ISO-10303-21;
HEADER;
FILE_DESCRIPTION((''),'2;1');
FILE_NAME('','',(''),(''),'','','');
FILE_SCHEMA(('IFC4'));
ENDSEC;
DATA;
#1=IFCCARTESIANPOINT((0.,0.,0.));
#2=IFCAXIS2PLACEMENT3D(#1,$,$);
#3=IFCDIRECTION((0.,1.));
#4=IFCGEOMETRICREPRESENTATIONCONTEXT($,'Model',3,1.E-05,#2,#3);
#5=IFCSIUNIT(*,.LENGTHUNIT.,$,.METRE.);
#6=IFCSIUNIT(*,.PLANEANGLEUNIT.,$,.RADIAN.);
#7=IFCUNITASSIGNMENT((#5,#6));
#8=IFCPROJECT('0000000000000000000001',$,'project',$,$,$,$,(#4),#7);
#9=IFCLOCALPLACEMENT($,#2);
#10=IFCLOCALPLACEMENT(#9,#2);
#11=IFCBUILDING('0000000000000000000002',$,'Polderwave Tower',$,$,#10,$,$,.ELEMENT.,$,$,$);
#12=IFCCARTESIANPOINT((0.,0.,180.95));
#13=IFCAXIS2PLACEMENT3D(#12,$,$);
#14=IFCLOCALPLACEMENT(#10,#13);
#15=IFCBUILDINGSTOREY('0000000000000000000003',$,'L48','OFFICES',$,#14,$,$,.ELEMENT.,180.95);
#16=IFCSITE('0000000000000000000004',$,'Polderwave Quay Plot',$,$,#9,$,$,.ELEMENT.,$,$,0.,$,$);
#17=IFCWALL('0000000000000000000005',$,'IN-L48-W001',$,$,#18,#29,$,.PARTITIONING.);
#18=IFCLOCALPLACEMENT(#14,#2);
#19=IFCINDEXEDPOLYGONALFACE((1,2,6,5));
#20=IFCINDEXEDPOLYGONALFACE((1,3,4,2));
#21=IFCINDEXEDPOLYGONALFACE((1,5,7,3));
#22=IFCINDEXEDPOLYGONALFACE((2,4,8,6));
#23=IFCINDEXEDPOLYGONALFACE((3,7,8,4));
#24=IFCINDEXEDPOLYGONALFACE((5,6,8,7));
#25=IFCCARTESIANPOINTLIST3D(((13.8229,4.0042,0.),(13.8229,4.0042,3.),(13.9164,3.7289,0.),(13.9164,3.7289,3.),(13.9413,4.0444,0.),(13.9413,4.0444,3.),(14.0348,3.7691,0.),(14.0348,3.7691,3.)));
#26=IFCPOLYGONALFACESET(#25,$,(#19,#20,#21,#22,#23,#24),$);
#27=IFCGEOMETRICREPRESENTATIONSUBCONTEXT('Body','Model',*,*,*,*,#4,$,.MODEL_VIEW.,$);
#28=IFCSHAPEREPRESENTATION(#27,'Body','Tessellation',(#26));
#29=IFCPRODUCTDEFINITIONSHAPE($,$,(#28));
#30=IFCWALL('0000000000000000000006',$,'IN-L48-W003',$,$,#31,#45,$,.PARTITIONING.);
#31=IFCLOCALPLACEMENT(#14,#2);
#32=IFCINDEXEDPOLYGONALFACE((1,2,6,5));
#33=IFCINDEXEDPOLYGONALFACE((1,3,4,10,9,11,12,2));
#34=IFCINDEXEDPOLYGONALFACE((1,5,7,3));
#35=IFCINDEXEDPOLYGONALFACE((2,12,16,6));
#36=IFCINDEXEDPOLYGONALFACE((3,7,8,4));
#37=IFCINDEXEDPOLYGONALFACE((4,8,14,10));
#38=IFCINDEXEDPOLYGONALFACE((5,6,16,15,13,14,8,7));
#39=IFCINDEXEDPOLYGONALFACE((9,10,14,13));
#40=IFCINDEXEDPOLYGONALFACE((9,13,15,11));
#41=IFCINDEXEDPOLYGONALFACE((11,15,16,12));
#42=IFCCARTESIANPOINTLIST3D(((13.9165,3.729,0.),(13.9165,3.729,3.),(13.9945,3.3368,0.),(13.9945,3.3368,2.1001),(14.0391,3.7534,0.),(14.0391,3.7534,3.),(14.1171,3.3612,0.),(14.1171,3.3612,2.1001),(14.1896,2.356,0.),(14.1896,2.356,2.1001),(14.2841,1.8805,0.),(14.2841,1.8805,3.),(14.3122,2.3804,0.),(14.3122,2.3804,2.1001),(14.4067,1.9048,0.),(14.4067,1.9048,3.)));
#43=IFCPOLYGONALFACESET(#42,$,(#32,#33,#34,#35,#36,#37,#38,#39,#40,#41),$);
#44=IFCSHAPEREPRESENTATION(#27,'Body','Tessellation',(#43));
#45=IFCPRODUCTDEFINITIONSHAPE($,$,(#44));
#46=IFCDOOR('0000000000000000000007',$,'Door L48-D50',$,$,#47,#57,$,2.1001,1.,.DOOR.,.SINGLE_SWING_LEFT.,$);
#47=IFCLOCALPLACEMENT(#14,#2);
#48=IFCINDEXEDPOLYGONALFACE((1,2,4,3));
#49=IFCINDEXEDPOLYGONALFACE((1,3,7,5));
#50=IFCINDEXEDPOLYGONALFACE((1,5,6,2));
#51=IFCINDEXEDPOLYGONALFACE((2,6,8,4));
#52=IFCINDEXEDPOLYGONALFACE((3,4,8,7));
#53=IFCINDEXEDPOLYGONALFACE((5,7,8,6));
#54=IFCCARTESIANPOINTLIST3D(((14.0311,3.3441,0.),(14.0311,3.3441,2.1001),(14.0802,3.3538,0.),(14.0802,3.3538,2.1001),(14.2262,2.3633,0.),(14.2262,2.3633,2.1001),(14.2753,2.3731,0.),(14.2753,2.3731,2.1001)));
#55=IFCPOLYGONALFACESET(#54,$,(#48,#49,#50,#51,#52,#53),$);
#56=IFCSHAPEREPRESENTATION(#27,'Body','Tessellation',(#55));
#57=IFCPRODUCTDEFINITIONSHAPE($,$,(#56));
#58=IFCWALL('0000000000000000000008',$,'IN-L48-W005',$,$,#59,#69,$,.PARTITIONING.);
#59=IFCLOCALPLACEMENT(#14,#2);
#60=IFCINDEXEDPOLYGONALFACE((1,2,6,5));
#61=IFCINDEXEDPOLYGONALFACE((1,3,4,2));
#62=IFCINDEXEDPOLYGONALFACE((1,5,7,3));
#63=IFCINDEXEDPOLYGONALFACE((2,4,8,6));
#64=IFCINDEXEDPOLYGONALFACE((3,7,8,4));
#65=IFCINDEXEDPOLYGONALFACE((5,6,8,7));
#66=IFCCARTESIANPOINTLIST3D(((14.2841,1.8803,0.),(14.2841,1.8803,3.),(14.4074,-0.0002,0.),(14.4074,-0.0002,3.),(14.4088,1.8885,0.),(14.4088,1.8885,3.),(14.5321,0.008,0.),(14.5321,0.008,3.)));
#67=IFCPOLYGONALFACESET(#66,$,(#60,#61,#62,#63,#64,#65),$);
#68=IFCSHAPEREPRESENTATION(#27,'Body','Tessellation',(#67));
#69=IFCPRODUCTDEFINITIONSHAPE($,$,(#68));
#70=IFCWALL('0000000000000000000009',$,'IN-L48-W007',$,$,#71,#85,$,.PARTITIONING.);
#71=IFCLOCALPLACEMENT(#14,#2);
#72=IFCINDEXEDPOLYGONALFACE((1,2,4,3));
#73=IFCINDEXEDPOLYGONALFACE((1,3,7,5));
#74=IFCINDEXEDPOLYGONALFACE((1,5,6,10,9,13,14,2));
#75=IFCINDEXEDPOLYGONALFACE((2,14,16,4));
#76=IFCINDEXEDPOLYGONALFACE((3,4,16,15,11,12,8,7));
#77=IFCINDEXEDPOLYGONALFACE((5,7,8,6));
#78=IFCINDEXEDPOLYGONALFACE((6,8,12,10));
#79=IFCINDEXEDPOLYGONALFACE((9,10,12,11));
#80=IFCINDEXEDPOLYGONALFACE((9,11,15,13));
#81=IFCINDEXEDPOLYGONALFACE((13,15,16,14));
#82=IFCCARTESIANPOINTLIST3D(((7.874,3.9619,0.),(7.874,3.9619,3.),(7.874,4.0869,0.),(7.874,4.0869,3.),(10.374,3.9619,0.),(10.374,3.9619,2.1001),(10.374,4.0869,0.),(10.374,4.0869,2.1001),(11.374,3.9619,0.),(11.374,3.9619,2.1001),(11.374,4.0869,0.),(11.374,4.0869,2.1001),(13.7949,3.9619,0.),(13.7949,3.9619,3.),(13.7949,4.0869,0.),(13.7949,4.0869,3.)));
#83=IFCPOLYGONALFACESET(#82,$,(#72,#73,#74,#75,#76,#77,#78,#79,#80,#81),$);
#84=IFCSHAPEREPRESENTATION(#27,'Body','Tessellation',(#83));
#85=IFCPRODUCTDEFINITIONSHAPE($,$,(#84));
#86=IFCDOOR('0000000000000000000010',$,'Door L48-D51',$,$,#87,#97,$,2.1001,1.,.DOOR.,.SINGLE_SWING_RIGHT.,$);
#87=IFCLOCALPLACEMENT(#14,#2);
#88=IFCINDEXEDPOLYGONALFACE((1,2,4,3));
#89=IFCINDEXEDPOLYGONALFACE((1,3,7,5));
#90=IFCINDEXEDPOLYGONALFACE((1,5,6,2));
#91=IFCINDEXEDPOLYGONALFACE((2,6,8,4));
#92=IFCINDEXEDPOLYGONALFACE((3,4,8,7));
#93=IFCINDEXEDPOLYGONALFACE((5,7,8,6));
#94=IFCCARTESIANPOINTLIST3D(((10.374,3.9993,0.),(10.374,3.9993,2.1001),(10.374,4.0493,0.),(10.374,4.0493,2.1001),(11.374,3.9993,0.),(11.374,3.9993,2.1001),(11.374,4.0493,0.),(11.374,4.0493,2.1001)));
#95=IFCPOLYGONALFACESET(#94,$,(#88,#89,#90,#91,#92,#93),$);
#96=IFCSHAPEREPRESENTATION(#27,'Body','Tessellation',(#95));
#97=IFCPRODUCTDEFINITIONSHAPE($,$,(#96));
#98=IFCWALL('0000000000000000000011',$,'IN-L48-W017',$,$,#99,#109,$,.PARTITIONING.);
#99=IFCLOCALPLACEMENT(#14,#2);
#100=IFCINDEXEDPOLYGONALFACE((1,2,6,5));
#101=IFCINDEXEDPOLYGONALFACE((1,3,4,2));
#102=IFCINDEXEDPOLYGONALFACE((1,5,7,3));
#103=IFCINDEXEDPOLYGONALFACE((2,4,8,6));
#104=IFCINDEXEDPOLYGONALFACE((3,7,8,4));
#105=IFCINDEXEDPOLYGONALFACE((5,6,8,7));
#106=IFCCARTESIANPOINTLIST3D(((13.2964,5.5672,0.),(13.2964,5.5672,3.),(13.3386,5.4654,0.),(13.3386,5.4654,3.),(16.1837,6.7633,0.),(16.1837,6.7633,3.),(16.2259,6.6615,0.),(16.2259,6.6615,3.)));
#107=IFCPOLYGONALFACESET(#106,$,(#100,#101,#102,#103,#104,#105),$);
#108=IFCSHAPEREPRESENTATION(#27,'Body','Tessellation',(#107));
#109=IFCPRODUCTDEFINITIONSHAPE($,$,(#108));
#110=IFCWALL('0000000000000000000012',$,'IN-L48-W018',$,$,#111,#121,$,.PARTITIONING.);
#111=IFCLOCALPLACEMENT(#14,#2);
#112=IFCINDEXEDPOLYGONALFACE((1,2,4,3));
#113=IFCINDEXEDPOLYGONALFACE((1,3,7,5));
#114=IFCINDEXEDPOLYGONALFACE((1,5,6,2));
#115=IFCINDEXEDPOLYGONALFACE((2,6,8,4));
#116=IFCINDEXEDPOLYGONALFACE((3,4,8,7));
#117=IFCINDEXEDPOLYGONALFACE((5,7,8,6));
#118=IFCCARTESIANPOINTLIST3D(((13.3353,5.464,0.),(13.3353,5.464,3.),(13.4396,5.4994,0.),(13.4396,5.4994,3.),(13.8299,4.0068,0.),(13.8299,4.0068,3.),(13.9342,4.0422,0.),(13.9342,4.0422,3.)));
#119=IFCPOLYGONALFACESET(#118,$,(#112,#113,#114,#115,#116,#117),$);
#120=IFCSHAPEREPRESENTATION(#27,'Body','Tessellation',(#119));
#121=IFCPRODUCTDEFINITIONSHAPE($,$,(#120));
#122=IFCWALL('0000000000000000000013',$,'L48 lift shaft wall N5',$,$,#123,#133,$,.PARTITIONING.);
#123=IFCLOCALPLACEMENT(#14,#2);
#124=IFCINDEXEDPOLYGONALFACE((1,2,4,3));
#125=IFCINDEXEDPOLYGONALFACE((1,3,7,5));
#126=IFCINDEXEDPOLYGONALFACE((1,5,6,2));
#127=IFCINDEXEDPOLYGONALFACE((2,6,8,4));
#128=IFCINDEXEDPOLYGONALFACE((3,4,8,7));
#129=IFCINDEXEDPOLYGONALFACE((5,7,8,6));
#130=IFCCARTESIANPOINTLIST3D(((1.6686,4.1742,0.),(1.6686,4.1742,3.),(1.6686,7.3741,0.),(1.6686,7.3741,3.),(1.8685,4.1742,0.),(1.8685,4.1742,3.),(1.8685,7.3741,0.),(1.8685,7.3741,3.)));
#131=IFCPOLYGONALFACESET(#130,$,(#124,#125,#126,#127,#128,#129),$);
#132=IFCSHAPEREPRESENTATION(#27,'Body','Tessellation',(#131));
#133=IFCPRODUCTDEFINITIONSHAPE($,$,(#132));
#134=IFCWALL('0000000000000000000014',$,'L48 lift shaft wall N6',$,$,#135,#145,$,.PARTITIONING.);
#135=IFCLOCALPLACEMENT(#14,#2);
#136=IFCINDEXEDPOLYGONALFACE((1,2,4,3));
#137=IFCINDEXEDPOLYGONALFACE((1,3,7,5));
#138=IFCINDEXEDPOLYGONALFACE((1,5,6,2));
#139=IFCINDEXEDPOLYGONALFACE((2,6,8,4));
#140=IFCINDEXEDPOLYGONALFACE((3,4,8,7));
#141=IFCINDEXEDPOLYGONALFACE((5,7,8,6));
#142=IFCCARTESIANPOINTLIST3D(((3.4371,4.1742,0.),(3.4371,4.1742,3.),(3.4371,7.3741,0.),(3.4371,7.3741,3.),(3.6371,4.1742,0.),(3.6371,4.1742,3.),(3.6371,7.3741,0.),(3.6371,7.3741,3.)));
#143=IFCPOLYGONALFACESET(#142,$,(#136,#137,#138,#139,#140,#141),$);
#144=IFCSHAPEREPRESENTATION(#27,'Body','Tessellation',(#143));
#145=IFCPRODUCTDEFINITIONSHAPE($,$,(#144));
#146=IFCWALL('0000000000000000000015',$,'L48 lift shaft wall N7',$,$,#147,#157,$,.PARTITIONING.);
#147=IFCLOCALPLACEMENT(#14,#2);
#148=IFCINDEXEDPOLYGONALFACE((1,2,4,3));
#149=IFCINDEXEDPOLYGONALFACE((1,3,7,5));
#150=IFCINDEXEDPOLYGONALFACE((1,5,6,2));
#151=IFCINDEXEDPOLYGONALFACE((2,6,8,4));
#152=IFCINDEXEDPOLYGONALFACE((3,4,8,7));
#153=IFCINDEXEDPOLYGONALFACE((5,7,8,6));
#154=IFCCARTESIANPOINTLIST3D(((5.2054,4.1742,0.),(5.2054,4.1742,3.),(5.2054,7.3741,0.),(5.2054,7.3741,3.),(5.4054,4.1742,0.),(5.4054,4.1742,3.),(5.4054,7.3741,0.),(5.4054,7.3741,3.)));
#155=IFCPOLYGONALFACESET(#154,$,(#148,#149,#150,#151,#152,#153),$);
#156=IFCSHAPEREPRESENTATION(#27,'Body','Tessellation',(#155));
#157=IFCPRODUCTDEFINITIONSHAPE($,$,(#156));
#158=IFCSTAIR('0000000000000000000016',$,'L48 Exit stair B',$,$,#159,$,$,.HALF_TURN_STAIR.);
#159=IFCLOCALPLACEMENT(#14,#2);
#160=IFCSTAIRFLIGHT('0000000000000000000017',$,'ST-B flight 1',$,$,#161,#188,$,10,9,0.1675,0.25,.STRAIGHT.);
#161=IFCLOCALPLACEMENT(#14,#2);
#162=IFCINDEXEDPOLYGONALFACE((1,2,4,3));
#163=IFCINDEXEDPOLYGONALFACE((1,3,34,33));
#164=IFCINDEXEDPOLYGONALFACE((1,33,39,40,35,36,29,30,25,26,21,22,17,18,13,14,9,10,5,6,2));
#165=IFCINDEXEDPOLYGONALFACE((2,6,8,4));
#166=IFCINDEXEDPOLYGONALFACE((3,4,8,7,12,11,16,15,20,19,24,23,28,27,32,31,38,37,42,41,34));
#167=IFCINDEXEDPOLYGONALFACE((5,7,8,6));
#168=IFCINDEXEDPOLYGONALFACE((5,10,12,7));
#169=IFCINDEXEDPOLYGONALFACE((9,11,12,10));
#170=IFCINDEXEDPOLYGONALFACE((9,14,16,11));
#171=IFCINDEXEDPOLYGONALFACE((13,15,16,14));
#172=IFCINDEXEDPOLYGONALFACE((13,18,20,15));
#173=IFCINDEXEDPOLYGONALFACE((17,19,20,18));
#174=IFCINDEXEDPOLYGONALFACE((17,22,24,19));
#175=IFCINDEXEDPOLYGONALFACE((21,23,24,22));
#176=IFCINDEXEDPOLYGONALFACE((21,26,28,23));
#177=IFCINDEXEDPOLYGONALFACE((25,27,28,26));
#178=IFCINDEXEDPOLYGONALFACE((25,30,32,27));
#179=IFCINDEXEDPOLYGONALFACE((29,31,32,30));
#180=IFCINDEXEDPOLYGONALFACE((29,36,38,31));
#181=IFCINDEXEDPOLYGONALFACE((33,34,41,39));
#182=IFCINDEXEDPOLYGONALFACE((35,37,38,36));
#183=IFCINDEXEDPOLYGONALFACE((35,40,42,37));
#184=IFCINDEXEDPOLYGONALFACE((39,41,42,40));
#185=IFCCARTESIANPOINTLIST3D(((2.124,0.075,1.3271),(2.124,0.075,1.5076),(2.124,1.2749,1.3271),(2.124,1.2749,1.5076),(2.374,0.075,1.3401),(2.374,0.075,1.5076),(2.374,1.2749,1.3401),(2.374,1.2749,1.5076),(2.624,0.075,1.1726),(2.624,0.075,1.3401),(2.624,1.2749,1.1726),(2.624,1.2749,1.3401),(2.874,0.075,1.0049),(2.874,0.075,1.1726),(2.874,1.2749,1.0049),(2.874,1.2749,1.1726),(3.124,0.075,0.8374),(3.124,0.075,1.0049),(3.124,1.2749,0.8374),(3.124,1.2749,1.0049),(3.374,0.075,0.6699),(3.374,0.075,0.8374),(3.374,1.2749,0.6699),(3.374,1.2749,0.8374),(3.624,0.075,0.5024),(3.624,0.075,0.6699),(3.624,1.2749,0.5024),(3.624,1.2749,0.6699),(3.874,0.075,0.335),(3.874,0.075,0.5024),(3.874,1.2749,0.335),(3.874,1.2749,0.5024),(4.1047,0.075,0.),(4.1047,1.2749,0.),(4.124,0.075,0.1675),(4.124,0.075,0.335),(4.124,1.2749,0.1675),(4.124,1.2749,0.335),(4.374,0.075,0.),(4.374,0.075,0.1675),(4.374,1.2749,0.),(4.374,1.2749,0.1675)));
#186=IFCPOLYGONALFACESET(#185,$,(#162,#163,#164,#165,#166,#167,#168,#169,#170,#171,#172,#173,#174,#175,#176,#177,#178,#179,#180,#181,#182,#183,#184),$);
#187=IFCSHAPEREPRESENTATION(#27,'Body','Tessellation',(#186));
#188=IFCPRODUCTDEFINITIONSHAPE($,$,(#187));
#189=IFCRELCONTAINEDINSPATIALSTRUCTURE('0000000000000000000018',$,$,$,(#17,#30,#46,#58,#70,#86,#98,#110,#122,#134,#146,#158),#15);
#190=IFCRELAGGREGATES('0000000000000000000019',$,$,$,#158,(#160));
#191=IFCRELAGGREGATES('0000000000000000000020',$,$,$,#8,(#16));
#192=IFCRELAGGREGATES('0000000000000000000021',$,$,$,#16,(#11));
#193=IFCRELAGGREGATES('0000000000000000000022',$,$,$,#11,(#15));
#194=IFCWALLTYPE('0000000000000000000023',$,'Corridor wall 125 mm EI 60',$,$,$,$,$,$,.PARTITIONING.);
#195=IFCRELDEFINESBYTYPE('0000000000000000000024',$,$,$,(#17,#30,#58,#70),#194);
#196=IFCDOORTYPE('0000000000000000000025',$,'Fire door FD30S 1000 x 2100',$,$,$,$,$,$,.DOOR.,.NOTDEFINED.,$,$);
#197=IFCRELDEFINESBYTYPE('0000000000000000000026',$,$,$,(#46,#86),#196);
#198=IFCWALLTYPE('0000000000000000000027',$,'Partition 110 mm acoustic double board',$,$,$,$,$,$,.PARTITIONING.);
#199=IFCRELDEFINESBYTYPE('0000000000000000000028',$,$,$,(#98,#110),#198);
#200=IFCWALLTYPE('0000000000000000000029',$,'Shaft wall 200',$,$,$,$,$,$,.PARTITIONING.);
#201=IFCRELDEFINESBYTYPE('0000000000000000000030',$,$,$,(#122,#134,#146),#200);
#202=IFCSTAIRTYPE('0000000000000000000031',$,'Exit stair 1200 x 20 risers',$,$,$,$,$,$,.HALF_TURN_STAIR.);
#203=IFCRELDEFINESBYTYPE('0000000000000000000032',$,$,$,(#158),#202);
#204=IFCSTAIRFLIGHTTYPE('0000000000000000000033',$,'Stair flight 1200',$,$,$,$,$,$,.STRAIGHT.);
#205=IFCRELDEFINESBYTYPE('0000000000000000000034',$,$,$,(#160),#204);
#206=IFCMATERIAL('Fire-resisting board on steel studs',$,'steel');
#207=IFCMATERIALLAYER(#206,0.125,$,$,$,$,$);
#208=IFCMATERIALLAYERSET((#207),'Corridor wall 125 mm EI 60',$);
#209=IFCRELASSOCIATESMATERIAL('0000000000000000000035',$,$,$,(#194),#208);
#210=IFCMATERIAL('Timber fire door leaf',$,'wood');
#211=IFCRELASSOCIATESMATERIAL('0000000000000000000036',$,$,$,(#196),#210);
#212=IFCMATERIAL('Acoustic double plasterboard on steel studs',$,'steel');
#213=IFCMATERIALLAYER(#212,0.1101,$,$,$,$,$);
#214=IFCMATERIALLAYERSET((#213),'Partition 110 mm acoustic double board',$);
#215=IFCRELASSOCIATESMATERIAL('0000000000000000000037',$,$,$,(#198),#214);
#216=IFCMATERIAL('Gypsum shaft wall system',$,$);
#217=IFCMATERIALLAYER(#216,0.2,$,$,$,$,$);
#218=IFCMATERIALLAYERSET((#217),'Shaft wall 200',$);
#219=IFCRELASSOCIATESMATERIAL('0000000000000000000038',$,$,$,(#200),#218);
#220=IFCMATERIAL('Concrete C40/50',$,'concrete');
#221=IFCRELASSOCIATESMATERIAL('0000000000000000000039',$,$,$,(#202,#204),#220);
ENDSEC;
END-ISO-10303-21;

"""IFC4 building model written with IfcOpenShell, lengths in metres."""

from ifc_helpers import new_model, si_unit, direction, frame, frame_2d, origin, place, context, subcontext, project, spatial, polyline, rectangle, outline, extrude, material, layer, layer_set, type_object, element, fill, aggregate, save


model = new_model("IFC4")

# Units and contexts
model_context = context("Model", 3, precision=1e-05, world=origin(), true_north=direction((0.0, 1.0)))
body_context = subcontext(model_context, "Body", "Model", "MODEL_VIEW")
ifc_project = project(units=[si_unit("LENGTHUNIT", "METRE"), si_unit("PLANEANGLEUNIT", "RADIAN")], contexts=[model_context])

# Site, building, storey
site_placement = place(None, origin())
site = spatial("IfcSite", under=ifc_project, at=site_placement, Name="Polderwave Quay Plot", CompositionType="ELEMENT", RefElevation=0.0)
building_placement = place(site_placement, origin())
building = spatial("IfcBuilding", under=site, at=building_placement, Name="Polderwave Tower", CompositionType="ELEMENT")
storey_placement = place(building_placement, frame((0.0, 0.0, 180.95)))
storey = spatial("IfcBuildingStorey", under=building, at=storey_placement, Name="L48", Description="OFFICES", CompositionType="ELEMENT", Elevation=180.95)

# Wall
ifc_material_1 = material(Name="Fire-resisting board on steel studs", Category="steel")
ifc_layer_1 = layer(ifc_material_1, 0.125)
ifc_layer_set_1 = layer_set([ifc_layer_1], Name="Corridor wall 125 mm EI 60")
wall_type_1 = type_object("IfcWallType", Name="Corridor wall 125 mm EI 60", PredefinedType="PARTITIONING", material=ifc_layer_set_1)
wall_1_placement = place(storey_placement, frame((13.8821, 4.0244, 0.0), z_axis=(0.0, 0.0, 1.0), x_axis=(0.321511, -0.946906, 0.0)))
element("IfcWall", 1, at=wall_1_placement, inside=storey, type_object=wall_type_1, Name="IN-L48-W001", PredefinedType="PARTITIONING", context=body_context, shape_type="SweptSolid", body=[
    extrude(rectangle(XDim=0.2908, YDim=0.125, at=frame_2d((0.1455, 0.0))), origin(), (0.0, 0.0, 1.0), 3.0),
])

# Wall, opening, door
wall_2_placement = place(storey_placement, frame((13.9778, 3.7412, 0.0), z_axis=(0.0, 0.0, 1.0), x_axis=(0.19507, -0.980789, 0.0)))
wall_2 = element("IfcWall", 2, at=wall_2_placement, inside=storey, type_object=wall_type_1, Name="IN-L48-W003", PredefinedType="PARTITIONING", context=body_context, shape_type="SweptSolid", body=[
    extrude(rectangle(XDim=1.8848, YDim=0.125, at=frame_2d((0.9424, 0.0))), origin(), (0.0, 0.0, 1.0), 3.0),
])
opening_1_placement = place(wall_2_placement, frame((0.3999, 0.0, 0.0)))
opening_1 = element("IfcOpeningElement", 3, at=opening_1_placement, cuts=wall_2, PredefinedType="OPENING", context=body_context, shape_type="SweptSolid", body=[
    extrude(rectangle(XDim=1.0, YDim=2.1001, at=frame_2d((0.5, 1.05))), frame((0.0, 0.0725, 0.0), z_axis=(0.0, -1.0, 0.0), x_axis=(1.0, 0.0, 0.0)), (0.0, 0.0, 1.0), 0.145),
])
ifc_material_2 = material(Name="Timber fire door leaf", Category="wood")
door_type = type_object("IfcDoorType", Name="Fire door FD30S 1000 x 2100", OperationType="NOTDEFINED", PredefinedType="DOOR", material=ifc_material_2)
door_1_placement = place(opening_1_placement, origin())
door_1 = element("IfcDoor", 4, at=door_1_placement, inside=storey, type_object=door_type, Name="Door L48-D50", OperationType="SINGLE_SWING_LEFT", OverallHeight=2.1001, OverallWidth=1.0, PredefinedType="DOOR", context=body_context, shape_type="SweptSolid", body=[
    extrude(rectangle(XDim=1.0, YDim=2.1001, at=frame_2d((0.5, 1.05))), frame((0.0, 0.0249, 0.0), z_axis=(0.0, -1.0, 0.0), x_axis=(1.0, 0.0, 0.0)), (0.0, 0.0, 1.0), 0.05),
])
fill(opening_1, door_1)

# Wall
wall_3_placement = place(storey_placement, frame((14.3464, 1.8845, 0.0), z_axis=(0.0, 0.0, 1.0), x_axis=(0.065427, -0.997857, 0.0)))
element("IfcWall", 5, at=wall_3_placement, inside=storey, type_object=wall_type_1, Name="IN-L48-W005", PredefinedType="PARTITIONING", context=body_context, shape_type="SweptSolid", body=[
    extrude(rectangle(XDim=1.8845, YDim=0.125, at=frame_2d((0.9424, 0.0))), origin(), (0.0, 0.0, 1.0), 3.0),
])

# Wall, opening, door
wall_4_placement = place(storey_placement, frame((7.874, 4.0244, 0.0), z_axis=(0.0, 0.0, 1.0), x_axis=(1.0, 0.0, 0.0)))
wall_4 = element("IfcWall", 6, at=wall_4_placement, inside=storey, type_object=wall_type_1, Name="IN-L48-W007", PredefinedType="PARTITIONING", context=body_context, shape_type="SweptSolid", body=[
    extrude(rectangle(XDim=5.9209, YDim=0.125, at=frame_2d((2.9604, 0.0))), origin(), (0.0, 0.0, 1.0), 3.0),
])
opening_2_placement = place(wall_4_placement, frame((2.5, 0.0, 0.0)))
opening_2 = element("IfcOpeningElement", 7, at=opening_2_placement, cuts=wall_4, PredefinedType="OPENING", context=body_context, shape_type="SweptSolid", body=[
    extrude(rectangle(XDim=1.0, YDim=2.1001, at=frame_2d((0.5, 1.05))), frame((0.0, 0.0725, 0.0), z_axis=(0.0, -1.0, 0.0), x_axis=(1.0, 0.0, 0.0)), (0.0, 0.0, 1.0), 0.145),
])
door_2_placement = place(opening_2_placement, origin())
door_2 = element("IfcDoor", 8, at=door_2_placement, inside=storey, type_object=door_type, Name="Door L48-D51", OperationType="SINGLE_SWING_RIGHT", OverallHeight=2.1001, OverallWidth=1.0, PredefinedType="DOOR", context=body_context, shape_type="SweptSolid", body=[
    extrude(rectangle(XDim=1.0, YDim=2.1001, at=frame_2d((0.5, 1.05))), frame((0.0, 0.0249, 0.0), z_axis=(0.0, -1.0, 0.0), x_axis=(1.0, 0.0, 0.0)), (0.0, 0.0, 1.0), 0.05),
])
fill(opening_2, door_2)

# Walls
ifc_material_3 = material(Name="Acoustic double plasterboard on steel studs", Category="steel")
ifc_layer_2 = layer(ifc_material_3, 0.1101)
ifc_layer_set_2 = layer_set([ifc_layer_2], Name="Partition 110 mm acoustic double board")
wall_type_2 = type_object("IfcWallType", Name="Partition 110 mm acoustic double board", PredefinedType="PARTITIONING", material=ifc_layer_set_2)
wall_5_placement = place(storey_placement, frame((13.3176, 5.5164, 0.0), z_axis=(0.0, 0.0, 1.0), x_axis=(0.923865, 0.382717, 0.0)))
element("IfcWall", 9, at=wall_5_placement, inside=storey, type_object=wall_type_2, Name="IN-L48-W017", PredefinedType="PARTITIONING", context=body_context, shape_type="SweptSolid", body=[
    extrude(rectangle(XDim=3.1252, YDim=0.1101, at=frame_2d((1.5625, 0.0))), origin(), (0.0, 0.0, 1.0), 3.0),
])
wall_6_placement = place(storey_placement, frame((13.8821, 4.0244, 0.0), z_axis=(0.0, 0.0, 1.0), x_axis=(-0.321411, 0.94694, 0.0)))
element("IfcWall", 10, at=wall_6_placement, inside=storey, type_object=wall_type_2, Name="IN-L48-W018", PredefinedType="PARTITIONING", context=body_context, shape_type="SweptSolid", body=[
    extrude(rectangle(XDim=1.5388, YDim=0.1101, at=frame_2d((0.7695, 0.0))), origin(), (0.0, 0.0, 1.0), 3.0),
])
ifc_material_4 = material(Name="Gypsum shaft wall system")
ifc_layer_3 = layer(ifc_material_4, 0.2)
ifc_layer_set_3 = layer_set([ifc_layer_3], Name="Shaft wall 200")
wall_type_3 = type_object("IfcWallType", Name="Shaft wall 200", PredefinedType="PARTITIONING", material=ifc_layer_set_3)
for number, where, z_axis, x_axis, name in (
    (11, (1.7686, 4.1741, 0.0), (0.0, 0.0, 1.0), (0.0, 1.0, 0.0), "L48 lift shaft wall N5"),
    (12, (3.5371, 4.1741, 0.0), (0.0, 0.0, 1.0), (0.0, 1.0, 0.0), "L48 lift shaft wall N6"),
    (13, (5.3054, 4.1741, 0.0), (0.0, 0.0, 1.0), (0.0, 1.0, 0.0), "L48 lift shaft wall N7"),
):
    element("IfcWall", number, at=place(storey_placement, frame(where, z_axis=z_axis, x_axis=x_axis)), inside=storey, type_object=wall_type_3, Name=name, PredefinedType="PARTITIONING", context=body_context, shape_type="SweptSolid", body=[
        extrude(rectangle(XDim=3.2, YDim=0.2, at=frame_2d((1.6001, 0.0))), origin(), (0.0, 0.0, 1.0), 3.0),
    ])

# Stair, stair flight
ifc_material_5 = material(Name="Concrete C40/50", Category="concrete")
stair_type = type_object("IfcStairType", Name="Exit stair 1200 x 20 risers", PredefinedType="HALF_TURN_STAIR", material=ifc_material_5)
stair_placement = place(storey_placement, origin())
stair = element("IfcStair", 14, at=stair_placement, inside=storey, type_object=stair_type, Name="L48 Exit stair B", PredefinedType="HALF_TURN_STAIR")
stair_flight_type = type_object("IfcStairFlightType", Name="Stair flight 1200", PredefinedType="STRAIGHT", material=ifc_material_5)
stair_flight_placement = place(storey_placement, frame((4.374, 0.675, 0.0), z_axis=(0.0, 0.0, 1.0), x_axis=(-1.0, 0.0, 0.0)))
stair_flight = element("IfcStairFlight", 15, at=stair_flight_placement, type_object=stair_flight_type, Name="ST-B flight 1", NumberOfRisers=10, NumberOfTreads=9, PredefinedType="STRAIGHT", RiserHeight=0.1675, TreadLength=0.25, context=body_context, shape_type="SweptSolid", body=[
    extrude(outline(polyline([(0.0, 0.0), (0.0, 0.1675), (0.25, 0.1675), (0.25, 0.335), (0.5, 0.335), (0.5, 0.5024), (0.75, 0.5024), (0.75, 0.6699), (1.0, 0.6699), (1.0, 0.8374), (1.25, 0.8374), (1.25, 1.0049), (1.5, 1.0049), (1.5, 1.1726), (1.75, 1.1726), (1.75, 1.3401), (2.0, 1.3401), (2.0, 1.5076), (2.25, 1.5076), (2.25, 1.675), (2.25, 1.3271), (0.2693, 0.0), (0.0, 0.0)])), frame((0.0, 0.6001, 0.0), z_axis=(0.0, -1.0, 0.0), x_axis=(1.0, 0.0, 0.0)), (0.0, 0.0, 1.0), 1.2),
])
aggregate(stair, [stair_flight])

save(model, "model.ifc")
